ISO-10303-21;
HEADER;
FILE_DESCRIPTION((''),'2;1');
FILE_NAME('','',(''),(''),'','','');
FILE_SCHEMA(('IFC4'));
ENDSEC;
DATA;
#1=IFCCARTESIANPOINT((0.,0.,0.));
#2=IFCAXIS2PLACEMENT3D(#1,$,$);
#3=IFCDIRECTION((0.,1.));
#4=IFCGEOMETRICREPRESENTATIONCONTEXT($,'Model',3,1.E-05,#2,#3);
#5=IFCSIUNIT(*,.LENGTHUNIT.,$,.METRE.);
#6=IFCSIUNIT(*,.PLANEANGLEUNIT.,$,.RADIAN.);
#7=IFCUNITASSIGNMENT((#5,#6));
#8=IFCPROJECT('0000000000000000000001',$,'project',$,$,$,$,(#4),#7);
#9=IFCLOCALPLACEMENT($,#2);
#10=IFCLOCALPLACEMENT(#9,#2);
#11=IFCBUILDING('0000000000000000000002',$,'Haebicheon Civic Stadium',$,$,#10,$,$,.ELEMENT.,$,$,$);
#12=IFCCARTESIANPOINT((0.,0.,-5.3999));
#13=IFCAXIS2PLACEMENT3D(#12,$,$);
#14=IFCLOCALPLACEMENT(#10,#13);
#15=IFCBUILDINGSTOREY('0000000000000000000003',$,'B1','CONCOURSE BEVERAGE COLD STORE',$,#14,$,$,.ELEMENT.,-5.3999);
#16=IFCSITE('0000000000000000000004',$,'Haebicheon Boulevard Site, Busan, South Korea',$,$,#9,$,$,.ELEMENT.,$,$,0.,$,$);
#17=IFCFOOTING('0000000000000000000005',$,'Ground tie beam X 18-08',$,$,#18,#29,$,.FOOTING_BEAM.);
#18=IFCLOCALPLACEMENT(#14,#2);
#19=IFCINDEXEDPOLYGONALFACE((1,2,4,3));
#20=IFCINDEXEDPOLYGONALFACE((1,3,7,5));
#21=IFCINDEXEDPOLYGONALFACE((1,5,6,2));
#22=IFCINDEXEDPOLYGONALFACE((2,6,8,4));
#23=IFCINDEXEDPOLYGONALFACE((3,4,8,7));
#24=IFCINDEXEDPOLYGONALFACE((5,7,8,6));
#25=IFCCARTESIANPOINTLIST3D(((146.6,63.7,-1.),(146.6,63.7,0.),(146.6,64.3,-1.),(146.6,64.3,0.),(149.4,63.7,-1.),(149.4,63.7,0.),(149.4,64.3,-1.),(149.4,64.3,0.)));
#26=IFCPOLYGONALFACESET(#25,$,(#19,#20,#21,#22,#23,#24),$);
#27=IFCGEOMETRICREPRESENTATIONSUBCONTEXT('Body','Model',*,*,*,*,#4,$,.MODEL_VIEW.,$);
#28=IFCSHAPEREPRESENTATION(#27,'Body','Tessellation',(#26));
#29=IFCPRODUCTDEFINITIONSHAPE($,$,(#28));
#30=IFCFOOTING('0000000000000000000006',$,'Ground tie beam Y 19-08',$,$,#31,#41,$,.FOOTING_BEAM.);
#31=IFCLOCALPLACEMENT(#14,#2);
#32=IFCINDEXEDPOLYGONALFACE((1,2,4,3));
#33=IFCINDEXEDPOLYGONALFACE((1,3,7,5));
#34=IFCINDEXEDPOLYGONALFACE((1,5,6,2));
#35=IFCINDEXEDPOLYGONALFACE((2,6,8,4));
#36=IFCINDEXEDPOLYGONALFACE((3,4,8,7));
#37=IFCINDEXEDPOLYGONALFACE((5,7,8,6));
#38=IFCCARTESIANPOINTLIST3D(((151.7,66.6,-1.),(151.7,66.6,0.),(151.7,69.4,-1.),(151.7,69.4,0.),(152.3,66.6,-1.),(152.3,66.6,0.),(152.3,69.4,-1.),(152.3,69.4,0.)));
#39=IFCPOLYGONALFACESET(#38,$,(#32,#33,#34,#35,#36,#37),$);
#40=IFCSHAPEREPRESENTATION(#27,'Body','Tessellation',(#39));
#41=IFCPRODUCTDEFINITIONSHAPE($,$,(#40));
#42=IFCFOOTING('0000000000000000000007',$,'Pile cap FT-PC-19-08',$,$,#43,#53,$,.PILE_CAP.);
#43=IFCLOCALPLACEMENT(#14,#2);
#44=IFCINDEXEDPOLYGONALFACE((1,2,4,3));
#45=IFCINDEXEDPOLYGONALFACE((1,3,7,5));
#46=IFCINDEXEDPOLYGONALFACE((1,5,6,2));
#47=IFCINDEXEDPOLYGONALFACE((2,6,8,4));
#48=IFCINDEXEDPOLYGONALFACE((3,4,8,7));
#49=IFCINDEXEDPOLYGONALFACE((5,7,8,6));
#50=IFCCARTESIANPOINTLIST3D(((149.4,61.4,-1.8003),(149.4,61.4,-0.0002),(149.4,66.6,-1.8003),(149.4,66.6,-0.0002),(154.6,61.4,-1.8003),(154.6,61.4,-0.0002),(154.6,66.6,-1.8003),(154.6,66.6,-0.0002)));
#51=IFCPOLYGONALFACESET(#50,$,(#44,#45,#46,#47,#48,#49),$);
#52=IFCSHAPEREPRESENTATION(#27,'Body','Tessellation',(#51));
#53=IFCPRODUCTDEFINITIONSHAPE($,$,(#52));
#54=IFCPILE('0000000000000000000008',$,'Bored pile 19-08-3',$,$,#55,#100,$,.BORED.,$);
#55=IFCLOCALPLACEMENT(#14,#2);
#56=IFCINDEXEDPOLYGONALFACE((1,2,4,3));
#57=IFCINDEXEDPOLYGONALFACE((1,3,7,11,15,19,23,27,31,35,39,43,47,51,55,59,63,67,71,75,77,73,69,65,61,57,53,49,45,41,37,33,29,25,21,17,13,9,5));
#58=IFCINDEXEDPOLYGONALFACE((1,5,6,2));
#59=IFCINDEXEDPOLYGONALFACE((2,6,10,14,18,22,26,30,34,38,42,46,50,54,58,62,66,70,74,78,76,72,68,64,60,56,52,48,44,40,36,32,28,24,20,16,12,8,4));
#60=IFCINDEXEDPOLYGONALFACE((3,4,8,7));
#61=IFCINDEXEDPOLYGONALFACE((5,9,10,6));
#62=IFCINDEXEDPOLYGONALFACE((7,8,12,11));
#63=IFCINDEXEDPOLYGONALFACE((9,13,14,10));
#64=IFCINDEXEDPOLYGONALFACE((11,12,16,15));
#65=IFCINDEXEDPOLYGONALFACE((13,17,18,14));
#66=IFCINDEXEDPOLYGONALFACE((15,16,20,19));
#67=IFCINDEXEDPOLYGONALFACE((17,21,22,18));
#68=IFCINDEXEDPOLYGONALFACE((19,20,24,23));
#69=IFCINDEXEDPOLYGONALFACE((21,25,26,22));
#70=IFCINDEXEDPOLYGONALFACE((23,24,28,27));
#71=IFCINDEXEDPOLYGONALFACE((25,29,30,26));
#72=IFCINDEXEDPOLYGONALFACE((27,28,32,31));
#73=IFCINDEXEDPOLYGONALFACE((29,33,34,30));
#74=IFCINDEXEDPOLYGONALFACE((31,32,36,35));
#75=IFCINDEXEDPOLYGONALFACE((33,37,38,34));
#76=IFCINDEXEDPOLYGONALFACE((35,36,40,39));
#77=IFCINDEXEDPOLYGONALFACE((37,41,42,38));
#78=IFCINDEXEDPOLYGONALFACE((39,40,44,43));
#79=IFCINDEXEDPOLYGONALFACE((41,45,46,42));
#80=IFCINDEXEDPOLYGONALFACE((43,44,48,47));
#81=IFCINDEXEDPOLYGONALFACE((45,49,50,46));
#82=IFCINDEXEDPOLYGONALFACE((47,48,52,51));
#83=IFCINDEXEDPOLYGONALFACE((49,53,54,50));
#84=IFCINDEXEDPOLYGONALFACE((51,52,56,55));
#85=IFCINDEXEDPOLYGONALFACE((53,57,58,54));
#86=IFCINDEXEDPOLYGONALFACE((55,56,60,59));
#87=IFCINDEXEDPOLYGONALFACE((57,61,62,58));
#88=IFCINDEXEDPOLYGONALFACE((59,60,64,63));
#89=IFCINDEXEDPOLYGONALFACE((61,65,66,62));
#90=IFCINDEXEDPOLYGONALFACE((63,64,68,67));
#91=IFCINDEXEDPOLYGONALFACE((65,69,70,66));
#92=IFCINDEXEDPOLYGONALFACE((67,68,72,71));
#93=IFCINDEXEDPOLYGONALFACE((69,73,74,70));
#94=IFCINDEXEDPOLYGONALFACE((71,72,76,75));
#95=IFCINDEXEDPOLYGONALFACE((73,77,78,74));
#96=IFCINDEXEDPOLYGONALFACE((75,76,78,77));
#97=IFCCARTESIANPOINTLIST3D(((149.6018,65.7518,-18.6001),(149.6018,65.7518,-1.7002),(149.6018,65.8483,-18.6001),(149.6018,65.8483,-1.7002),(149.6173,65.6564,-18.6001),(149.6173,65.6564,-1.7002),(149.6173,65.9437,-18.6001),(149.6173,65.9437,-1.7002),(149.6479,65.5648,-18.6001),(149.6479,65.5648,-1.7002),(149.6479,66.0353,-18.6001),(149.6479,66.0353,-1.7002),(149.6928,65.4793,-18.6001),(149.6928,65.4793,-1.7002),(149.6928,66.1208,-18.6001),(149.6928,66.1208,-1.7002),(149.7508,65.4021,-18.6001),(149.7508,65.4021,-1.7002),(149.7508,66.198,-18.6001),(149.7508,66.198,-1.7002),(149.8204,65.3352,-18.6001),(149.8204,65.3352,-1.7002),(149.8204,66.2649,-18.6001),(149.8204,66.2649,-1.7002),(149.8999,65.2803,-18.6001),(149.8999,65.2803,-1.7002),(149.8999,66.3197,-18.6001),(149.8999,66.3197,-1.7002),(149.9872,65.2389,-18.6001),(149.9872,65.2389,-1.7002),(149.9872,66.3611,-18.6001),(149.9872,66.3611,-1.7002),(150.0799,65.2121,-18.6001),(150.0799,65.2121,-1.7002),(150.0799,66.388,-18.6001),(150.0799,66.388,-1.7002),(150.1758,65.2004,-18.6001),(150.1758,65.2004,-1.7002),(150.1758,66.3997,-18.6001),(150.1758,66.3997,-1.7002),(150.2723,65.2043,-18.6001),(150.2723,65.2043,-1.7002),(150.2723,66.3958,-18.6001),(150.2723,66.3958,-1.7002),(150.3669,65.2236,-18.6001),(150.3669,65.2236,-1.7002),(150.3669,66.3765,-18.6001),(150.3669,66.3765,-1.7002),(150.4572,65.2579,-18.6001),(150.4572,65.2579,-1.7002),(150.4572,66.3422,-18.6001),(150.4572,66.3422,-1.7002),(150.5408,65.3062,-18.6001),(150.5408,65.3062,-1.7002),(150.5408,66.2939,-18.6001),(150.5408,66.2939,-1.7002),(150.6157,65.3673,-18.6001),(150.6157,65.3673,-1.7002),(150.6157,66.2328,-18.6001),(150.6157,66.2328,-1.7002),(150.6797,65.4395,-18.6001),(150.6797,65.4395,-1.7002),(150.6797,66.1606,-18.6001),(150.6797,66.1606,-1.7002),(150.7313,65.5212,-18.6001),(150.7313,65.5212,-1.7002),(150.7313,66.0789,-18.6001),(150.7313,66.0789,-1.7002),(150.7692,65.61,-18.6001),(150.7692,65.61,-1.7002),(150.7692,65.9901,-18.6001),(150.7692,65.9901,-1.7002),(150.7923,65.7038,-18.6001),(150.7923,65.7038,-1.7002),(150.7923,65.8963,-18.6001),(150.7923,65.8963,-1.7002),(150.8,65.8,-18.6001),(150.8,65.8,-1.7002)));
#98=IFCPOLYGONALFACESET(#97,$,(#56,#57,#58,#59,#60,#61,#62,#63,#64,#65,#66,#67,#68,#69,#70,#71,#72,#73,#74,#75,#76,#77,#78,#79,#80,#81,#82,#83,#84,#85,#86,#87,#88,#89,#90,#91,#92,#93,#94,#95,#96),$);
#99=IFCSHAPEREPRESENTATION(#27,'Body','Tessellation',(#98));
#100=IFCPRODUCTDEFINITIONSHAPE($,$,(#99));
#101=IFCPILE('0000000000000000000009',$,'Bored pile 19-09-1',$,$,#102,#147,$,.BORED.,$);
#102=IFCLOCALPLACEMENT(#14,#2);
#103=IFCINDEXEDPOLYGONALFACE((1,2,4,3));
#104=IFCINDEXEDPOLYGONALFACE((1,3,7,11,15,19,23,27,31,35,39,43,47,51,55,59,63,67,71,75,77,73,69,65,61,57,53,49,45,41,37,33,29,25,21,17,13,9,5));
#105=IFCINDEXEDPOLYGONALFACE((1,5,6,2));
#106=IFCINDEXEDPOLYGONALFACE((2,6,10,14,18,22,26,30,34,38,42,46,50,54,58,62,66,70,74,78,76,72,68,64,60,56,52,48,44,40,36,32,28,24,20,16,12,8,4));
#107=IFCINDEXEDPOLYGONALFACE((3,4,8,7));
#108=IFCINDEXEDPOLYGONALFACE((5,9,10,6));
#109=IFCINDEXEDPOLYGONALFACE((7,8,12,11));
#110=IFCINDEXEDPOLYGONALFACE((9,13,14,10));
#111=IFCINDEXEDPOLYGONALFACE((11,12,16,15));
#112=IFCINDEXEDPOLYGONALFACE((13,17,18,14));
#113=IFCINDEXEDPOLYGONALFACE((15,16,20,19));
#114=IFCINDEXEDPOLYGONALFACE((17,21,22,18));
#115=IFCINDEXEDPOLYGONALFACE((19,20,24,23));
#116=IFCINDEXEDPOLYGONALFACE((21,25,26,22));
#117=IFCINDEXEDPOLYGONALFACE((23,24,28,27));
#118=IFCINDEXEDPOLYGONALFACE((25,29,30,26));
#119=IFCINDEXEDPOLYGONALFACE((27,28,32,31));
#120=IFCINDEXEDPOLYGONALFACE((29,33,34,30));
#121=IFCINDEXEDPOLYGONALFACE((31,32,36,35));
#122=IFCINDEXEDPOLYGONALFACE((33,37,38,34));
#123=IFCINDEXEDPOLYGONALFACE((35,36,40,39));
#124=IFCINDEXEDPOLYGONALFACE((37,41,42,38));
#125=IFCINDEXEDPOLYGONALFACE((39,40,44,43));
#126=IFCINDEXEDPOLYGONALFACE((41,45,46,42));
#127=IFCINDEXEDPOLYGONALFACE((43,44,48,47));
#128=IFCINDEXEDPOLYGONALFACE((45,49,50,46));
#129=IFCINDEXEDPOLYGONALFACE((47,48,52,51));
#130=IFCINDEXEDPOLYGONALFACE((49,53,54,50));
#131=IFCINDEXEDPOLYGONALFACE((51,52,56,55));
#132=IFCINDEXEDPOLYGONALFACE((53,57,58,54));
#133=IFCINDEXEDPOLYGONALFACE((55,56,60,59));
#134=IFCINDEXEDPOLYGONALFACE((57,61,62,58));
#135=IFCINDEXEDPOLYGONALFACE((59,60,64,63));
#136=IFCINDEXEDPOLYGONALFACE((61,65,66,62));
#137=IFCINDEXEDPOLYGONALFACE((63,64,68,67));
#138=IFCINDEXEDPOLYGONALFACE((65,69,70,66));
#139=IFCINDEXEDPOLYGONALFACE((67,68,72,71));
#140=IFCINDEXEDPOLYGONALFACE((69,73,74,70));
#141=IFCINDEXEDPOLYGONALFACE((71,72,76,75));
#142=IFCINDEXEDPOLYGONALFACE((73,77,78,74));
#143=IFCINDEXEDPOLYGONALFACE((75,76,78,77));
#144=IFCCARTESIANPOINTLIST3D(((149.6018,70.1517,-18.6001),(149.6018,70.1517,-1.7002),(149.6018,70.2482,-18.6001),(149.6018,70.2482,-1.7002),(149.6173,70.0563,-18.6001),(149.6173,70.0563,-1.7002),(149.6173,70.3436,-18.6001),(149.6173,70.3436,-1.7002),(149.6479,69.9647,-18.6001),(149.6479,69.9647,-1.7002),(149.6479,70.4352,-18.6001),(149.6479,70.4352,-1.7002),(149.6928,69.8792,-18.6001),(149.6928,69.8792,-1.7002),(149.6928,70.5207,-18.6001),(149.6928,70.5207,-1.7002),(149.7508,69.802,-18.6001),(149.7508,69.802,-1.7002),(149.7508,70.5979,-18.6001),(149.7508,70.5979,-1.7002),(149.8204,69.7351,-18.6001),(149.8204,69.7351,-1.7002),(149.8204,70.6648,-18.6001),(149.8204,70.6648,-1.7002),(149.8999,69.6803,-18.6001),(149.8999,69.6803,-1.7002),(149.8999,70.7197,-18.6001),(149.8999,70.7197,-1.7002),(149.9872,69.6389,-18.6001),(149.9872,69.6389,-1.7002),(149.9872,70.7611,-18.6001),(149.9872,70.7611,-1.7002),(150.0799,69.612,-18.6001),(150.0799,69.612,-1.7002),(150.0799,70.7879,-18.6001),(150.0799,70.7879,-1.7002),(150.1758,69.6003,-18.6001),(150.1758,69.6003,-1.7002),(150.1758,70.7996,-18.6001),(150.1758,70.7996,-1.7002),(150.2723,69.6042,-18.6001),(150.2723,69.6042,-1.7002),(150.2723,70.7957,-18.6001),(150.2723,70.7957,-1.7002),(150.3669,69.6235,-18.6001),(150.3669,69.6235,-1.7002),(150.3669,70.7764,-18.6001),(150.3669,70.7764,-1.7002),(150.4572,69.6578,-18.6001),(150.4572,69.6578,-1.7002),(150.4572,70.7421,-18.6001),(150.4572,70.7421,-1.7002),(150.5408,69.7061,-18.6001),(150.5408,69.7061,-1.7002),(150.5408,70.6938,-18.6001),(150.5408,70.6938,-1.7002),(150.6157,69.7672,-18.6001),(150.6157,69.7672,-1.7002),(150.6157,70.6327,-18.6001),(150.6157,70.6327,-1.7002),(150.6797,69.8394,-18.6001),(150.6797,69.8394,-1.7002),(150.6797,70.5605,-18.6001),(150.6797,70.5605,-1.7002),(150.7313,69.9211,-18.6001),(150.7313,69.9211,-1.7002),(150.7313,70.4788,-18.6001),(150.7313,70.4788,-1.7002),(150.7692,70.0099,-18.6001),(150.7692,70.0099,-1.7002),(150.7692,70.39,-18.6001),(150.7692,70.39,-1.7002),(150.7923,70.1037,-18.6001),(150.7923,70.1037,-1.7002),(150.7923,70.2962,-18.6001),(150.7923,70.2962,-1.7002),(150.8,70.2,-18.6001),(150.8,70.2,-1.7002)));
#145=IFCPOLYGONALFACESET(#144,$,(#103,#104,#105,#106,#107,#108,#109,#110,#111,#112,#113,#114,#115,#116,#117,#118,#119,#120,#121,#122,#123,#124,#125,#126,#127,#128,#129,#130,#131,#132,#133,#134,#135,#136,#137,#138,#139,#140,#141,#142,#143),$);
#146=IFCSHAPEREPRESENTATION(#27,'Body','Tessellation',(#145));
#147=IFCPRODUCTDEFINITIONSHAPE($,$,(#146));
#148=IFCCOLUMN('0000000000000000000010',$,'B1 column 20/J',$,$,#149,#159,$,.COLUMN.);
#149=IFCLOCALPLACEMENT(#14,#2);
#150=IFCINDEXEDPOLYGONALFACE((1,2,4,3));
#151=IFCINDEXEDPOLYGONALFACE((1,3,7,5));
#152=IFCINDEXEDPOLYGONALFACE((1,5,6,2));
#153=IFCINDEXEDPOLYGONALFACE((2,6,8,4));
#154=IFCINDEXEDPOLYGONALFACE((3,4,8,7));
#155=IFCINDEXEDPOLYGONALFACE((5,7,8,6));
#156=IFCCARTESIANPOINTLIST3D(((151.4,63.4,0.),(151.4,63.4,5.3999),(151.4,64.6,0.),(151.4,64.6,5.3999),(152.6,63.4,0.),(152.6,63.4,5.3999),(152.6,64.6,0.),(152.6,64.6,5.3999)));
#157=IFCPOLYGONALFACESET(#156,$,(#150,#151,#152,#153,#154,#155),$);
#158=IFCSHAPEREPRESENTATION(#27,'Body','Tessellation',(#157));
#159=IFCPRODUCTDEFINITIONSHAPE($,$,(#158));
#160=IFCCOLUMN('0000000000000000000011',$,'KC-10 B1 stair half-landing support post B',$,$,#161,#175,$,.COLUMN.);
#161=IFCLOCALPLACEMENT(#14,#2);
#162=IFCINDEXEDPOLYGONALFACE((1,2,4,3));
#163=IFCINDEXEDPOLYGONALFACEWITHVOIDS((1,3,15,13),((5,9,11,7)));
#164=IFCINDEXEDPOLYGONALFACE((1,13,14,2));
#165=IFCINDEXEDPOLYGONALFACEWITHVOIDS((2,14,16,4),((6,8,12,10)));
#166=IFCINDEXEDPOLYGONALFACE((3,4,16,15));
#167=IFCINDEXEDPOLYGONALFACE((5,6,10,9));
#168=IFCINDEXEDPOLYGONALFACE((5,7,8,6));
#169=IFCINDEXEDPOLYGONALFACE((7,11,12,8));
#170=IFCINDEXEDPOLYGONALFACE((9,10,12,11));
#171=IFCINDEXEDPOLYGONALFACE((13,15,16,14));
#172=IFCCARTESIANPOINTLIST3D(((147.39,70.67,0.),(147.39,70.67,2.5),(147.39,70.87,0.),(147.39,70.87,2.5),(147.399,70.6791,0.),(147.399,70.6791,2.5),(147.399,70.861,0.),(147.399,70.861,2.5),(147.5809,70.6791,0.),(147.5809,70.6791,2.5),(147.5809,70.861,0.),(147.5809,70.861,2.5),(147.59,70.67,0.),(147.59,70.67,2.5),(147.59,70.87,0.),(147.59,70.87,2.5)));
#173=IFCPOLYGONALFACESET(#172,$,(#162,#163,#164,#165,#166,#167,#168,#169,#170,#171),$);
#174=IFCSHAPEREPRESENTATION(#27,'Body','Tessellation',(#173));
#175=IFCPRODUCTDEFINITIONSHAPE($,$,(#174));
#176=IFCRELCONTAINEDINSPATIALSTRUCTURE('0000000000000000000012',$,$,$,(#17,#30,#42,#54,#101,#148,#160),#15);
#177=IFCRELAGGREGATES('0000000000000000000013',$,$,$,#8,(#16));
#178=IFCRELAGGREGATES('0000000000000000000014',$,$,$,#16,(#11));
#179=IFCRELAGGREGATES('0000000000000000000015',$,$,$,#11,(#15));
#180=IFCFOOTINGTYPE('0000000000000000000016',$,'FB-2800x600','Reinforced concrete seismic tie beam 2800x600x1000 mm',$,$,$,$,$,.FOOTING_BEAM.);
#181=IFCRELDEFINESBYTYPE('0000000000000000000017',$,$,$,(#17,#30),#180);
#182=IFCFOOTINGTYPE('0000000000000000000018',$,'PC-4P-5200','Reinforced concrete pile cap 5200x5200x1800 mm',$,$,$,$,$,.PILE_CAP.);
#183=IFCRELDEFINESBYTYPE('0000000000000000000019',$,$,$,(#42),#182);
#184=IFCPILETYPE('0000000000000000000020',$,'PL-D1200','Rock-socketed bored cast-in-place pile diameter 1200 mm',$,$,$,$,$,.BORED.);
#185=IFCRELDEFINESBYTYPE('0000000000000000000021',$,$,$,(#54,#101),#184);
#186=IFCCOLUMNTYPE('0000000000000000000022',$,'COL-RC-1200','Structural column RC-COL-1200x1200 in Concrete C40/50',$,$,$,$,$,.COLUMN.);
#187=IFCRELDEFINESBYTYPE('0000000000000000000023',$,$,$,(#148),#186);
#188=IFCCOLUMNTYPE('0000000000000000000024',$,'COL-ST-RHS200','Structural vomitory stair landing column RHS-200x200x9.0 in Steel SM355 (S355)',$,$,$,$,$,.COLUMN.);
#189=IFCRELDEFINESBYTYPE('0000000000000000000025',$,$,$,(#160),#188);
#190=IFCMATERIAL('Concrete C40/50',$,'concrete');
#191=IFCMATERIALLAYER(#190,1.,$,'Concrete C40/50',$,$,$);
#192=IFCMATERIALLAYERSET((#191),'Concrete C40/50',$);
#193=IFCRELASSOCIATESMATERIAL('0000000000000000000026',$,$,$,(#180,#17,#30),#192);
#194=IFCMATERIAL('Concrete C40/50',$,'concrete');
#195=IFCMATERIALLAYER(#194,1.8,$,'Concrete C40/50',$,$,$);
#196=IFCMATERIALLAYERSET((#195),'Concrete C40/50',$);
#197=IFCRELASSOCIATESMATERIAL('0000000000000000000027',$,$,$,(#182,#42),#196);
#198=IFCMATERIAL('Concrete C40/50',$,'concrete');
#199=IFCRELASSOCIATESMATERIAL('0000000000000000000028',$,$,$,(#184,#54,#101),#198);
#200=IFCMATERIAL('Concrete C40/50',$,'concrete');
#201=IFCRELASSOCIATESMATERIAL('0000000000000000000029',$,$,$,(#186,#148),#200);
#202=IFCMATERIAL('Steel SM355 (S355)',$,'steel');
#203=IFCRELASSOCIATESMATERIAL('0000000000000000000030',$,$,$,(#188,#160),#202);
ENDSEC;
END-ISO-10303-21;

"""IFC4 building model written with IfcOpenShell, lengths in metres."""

from ifc_helpers import new_model, si_unit, direction, frame, origin, origin_2d, place, context, subcontext, project, spatial, rectangle, hollow_rectangle, circle, extrude, material, layer, layer_set, material_profile, profile_set, type_object, element, save


model = new_model("IFC4")

# Units and contexts
model_context = context("Model", 3, precision=1e-05, world=origin(), true_north=direction((0.0, 1.0)))
body_context = subcontext(model_context, "Body", "Model", "MODEL_VIEW")
ifc_project = project(units=[si_unit("LENGTHUNIT", "METRE"), si_unit("PLANEANGLEUNIT", "RADIAN")], contexts=[model_context])

# Site, building, storey
site_placement = place(None, origin())
site = spatial("IfcSite", under=ifc_project, at=site_placement, Name="Haebicheon Boulevard Site, Busan, South Korea", CompositionType="ELEMENT", RefElevation=0.0)
building_placement = place(site_placement, origin())
building = spatial("IfcBuilding", under=site, at=building_placement, Name="Haebicheon Civic Stadium", CompositionType="ELEMENT")
storey_placement = place(building_placement, frame((0.0, 0.0, -5.3999)))
storey = spatial("IfcBuildingStorey", under=building, at=storey_placement, Name="B1", Description="CONCOURSE BEVERAGE COLD STORE", CompositionType="ELEMENT", Elevation=-5.3999)

# Footings
ifc_material_1 = material(Name="Concrete C40/50", Category="concrete")
ifc_layer_1 = layer(ifc_material_1, 1.0, Name="Concrete C40/50")
ifc_layer_set_1 = layer_set([ifc_layer_1], Name="Concrete C40/50")
footing_type_1 = type_object("IfcFootingType", Name="FB-2800x600", Description="Reinforced concrete seismic tie beam 2800x600x1000 mm", PredefinedType="FOOTING_BEAM", material=ifc_layer_set_1)
for number, where, z_axis, x_axis, name in (
    (1, (148.0, 64.0, -1.0), (0.0, 0.0, 1.0), (1.0, 0.0, 0.0), "Ground tie beam X 18-08"),
    (2, (152.0, 68.0, -1.0), (0.0, 0.0, 1.0), (0.0, 1.0, 0.0), "Ground tie beam Y 19-08"),
):
    element("IfcFooting", number, at=place(storey_placement, frame(where, z_axis=z_axis, x_axis=x_axis)), inside=storey, type_object=footing_type_1, material=ifc_layer_set_1, Name=name, PredefinedType="FOOTING_BEAM", context=body_context, shape_type="SweptSolid", body=[
        extrude(rectangle(XDim=2.8, YDim=0.6001, at=origin_2d()), origin(), (0.0, 0.0, 1.0), 1.0),
    ])
ifc_material_2 = material(Name="Concrete C40/50", Category="concrete")
ifc_layer_2 = layer(ifc_material_2, 1.8, Name="Concrete C40/50")
ifc_layer_set_2 = layer_set([ifc_layer_2], Name="Concrete C40/50")
footing_type_2 = type_object("IfcFootingType", Name="PC-4P-5200", Description="Reinforced concrete pile cap 5200x5200x1800 mm", PredefinedType="PILE_CAP", material=ifc_layer_set_2)
footing_placement = place(storey_placement, frame((152.0, 64.0, -1.8003), z_axis=(0.0, 0.0, 1.0), x_axis=(1.0, 0.0, 0.0)))
element("IfcFooting", 3, at=footing_placement, inside=storey, type_object=footing_type_2, material=ifc_layer_set_2, Name="Pile cap FT-PC-19-08", PredefinedType="PILE_CAP", context=body_context, shape_type="SweptSolid", body=[
    extrude(rectangle(XDim=5.2, YDim=5.2, at=origin_2d()), origin(), (0.0, 0.0, 1.0), 1.8),
])

# Piles
ifc_material_3 = material(Name="Concrete C40/50", Category="concrete")
ifc_material_profile_1 = material_profile(ifc_material_3, circle(Radius=0.6001, at=origin_2d()), Name="PILE-D1200")
ifc_profile_set_1 = profile_set([ifc_material_profile_1], Name="Concrete C40/50")
pile_type = type_object("IfcPileType", Name="PL-D1200", Description="Rock-socketed bored cast-in-place pile diameter 1200 mm", PredefinedType="BORED", material=ifc_profile_set_1)
for number, where, z_axis, x_axis, name in (
    (4, (150.2, 65.8, -1.7002), (0.0, 0.0, -1.0), (1.0, 0.0, 0.0), "Bored pile 19-08-3"),
    (5, (150.2, 70.2, -1.7002), (0.0, 0.0, -1.0), (1.0, 0.0, 0.0), "Bored pile 19-09-1"),
):
    element("IfcPile", number, at=place(storey_placement, frame(where, z_axis=z_axis, x_axis=x_axis)), inside=storey, type_object=pile_type, material=ifc_profile_set_1, Name=name, PredefinedType="BORED", context=body_context, shape_type="SweptSolid", body=[
        extrude(circle(Radius=0.6001, at=origin_2d()), origin(), (0.0, 0.0, 1.0), 16.8999),
    ])

# Columns
ifc_material_4 = material(Name="Concrete C40/50", Category="concrete")
ifc_material_profile_2 = material_profile(ifc_material_4, rectangle(XDim=1.2, YDim=1.2, at=origin_2d()), Name="RC-COL-1200x1200")
ifc_profile_set_2 = profile_set([ifc_material_profile_2], Name="Concrete C40/50")
column_type_1 = type_object("IfcColumnType", Name="COL-RC-1200", Description="Structural column RC-COL-1200x1200 in Concrete C40/50", PredefinedType="COLUMN", material=ifc_profile_set_2)
column_1_placement = place(storey_placement, frame((152.0, 64.0, 0.0), z_axis=(0.0, 0.0, 1.0), x_axis=(1.0, 0.0, 0.0)))
element("IfcColumn", 6, at=column_1_placement, inside=storey, type_object=column_type_1, material=ifc_profile_set_2, Name="B1 column 20/J", PredefinedType="COLUMN", context=body_context, shape_type="SweptSolid", body=[
    extrude(rectangle(XDim=1.2, YDim=1.2, at=origin_2d()), origin(), (0.0, 0.0, 1.0), 5.3999),
])
ifc_material_5 = material(Name="Steel SM355 (S355)", Category="steel")
ifc_material_profile_3 = material_profile(ifc_material_5, hollow_rectangle(XDim=0.2, YDim=0.2, WallThickness=0.009, at=origin_2d()), Name="RHS-200x200x9.0")
ifc_profile_set_3 = profile_set([ifc_material_profile_3], Name="Steel SM355 (S355)")
column_type_2 = type_object("IfcColumnType", Name="COL-ST-RHS200", Description="Structural vomitory stair landing column RHS-200x200x9.0 in Steel SM355 (S355)", PredefinedType="COLUMN", material=ifc_profile_set_3)
column_2_placement = place(storey_placement, frame((147.49, 70.77, 0.0), z_axis=(0.0, 0.0, 1.0), x_axis=(1.0, 0.0, 0.0)))
element("IfcColumn", 7, at=column_2_placement, inside=storey, type_object=column_type_2, material=ifc_profile_set_3, Name="KC-10 B1 stair half-landing support post B", PredefinedType="COLUMN", context=body_context, shape_type="SweptSolid", body=[
    extrude(hollow_rectangle(XDim=0.2, YDim=0.2, WallThickness=0.009, at=origin_2d()), origin(), (0.0, 0.0, 1.0), 2.5),
])

save(model, "model.ifc")
